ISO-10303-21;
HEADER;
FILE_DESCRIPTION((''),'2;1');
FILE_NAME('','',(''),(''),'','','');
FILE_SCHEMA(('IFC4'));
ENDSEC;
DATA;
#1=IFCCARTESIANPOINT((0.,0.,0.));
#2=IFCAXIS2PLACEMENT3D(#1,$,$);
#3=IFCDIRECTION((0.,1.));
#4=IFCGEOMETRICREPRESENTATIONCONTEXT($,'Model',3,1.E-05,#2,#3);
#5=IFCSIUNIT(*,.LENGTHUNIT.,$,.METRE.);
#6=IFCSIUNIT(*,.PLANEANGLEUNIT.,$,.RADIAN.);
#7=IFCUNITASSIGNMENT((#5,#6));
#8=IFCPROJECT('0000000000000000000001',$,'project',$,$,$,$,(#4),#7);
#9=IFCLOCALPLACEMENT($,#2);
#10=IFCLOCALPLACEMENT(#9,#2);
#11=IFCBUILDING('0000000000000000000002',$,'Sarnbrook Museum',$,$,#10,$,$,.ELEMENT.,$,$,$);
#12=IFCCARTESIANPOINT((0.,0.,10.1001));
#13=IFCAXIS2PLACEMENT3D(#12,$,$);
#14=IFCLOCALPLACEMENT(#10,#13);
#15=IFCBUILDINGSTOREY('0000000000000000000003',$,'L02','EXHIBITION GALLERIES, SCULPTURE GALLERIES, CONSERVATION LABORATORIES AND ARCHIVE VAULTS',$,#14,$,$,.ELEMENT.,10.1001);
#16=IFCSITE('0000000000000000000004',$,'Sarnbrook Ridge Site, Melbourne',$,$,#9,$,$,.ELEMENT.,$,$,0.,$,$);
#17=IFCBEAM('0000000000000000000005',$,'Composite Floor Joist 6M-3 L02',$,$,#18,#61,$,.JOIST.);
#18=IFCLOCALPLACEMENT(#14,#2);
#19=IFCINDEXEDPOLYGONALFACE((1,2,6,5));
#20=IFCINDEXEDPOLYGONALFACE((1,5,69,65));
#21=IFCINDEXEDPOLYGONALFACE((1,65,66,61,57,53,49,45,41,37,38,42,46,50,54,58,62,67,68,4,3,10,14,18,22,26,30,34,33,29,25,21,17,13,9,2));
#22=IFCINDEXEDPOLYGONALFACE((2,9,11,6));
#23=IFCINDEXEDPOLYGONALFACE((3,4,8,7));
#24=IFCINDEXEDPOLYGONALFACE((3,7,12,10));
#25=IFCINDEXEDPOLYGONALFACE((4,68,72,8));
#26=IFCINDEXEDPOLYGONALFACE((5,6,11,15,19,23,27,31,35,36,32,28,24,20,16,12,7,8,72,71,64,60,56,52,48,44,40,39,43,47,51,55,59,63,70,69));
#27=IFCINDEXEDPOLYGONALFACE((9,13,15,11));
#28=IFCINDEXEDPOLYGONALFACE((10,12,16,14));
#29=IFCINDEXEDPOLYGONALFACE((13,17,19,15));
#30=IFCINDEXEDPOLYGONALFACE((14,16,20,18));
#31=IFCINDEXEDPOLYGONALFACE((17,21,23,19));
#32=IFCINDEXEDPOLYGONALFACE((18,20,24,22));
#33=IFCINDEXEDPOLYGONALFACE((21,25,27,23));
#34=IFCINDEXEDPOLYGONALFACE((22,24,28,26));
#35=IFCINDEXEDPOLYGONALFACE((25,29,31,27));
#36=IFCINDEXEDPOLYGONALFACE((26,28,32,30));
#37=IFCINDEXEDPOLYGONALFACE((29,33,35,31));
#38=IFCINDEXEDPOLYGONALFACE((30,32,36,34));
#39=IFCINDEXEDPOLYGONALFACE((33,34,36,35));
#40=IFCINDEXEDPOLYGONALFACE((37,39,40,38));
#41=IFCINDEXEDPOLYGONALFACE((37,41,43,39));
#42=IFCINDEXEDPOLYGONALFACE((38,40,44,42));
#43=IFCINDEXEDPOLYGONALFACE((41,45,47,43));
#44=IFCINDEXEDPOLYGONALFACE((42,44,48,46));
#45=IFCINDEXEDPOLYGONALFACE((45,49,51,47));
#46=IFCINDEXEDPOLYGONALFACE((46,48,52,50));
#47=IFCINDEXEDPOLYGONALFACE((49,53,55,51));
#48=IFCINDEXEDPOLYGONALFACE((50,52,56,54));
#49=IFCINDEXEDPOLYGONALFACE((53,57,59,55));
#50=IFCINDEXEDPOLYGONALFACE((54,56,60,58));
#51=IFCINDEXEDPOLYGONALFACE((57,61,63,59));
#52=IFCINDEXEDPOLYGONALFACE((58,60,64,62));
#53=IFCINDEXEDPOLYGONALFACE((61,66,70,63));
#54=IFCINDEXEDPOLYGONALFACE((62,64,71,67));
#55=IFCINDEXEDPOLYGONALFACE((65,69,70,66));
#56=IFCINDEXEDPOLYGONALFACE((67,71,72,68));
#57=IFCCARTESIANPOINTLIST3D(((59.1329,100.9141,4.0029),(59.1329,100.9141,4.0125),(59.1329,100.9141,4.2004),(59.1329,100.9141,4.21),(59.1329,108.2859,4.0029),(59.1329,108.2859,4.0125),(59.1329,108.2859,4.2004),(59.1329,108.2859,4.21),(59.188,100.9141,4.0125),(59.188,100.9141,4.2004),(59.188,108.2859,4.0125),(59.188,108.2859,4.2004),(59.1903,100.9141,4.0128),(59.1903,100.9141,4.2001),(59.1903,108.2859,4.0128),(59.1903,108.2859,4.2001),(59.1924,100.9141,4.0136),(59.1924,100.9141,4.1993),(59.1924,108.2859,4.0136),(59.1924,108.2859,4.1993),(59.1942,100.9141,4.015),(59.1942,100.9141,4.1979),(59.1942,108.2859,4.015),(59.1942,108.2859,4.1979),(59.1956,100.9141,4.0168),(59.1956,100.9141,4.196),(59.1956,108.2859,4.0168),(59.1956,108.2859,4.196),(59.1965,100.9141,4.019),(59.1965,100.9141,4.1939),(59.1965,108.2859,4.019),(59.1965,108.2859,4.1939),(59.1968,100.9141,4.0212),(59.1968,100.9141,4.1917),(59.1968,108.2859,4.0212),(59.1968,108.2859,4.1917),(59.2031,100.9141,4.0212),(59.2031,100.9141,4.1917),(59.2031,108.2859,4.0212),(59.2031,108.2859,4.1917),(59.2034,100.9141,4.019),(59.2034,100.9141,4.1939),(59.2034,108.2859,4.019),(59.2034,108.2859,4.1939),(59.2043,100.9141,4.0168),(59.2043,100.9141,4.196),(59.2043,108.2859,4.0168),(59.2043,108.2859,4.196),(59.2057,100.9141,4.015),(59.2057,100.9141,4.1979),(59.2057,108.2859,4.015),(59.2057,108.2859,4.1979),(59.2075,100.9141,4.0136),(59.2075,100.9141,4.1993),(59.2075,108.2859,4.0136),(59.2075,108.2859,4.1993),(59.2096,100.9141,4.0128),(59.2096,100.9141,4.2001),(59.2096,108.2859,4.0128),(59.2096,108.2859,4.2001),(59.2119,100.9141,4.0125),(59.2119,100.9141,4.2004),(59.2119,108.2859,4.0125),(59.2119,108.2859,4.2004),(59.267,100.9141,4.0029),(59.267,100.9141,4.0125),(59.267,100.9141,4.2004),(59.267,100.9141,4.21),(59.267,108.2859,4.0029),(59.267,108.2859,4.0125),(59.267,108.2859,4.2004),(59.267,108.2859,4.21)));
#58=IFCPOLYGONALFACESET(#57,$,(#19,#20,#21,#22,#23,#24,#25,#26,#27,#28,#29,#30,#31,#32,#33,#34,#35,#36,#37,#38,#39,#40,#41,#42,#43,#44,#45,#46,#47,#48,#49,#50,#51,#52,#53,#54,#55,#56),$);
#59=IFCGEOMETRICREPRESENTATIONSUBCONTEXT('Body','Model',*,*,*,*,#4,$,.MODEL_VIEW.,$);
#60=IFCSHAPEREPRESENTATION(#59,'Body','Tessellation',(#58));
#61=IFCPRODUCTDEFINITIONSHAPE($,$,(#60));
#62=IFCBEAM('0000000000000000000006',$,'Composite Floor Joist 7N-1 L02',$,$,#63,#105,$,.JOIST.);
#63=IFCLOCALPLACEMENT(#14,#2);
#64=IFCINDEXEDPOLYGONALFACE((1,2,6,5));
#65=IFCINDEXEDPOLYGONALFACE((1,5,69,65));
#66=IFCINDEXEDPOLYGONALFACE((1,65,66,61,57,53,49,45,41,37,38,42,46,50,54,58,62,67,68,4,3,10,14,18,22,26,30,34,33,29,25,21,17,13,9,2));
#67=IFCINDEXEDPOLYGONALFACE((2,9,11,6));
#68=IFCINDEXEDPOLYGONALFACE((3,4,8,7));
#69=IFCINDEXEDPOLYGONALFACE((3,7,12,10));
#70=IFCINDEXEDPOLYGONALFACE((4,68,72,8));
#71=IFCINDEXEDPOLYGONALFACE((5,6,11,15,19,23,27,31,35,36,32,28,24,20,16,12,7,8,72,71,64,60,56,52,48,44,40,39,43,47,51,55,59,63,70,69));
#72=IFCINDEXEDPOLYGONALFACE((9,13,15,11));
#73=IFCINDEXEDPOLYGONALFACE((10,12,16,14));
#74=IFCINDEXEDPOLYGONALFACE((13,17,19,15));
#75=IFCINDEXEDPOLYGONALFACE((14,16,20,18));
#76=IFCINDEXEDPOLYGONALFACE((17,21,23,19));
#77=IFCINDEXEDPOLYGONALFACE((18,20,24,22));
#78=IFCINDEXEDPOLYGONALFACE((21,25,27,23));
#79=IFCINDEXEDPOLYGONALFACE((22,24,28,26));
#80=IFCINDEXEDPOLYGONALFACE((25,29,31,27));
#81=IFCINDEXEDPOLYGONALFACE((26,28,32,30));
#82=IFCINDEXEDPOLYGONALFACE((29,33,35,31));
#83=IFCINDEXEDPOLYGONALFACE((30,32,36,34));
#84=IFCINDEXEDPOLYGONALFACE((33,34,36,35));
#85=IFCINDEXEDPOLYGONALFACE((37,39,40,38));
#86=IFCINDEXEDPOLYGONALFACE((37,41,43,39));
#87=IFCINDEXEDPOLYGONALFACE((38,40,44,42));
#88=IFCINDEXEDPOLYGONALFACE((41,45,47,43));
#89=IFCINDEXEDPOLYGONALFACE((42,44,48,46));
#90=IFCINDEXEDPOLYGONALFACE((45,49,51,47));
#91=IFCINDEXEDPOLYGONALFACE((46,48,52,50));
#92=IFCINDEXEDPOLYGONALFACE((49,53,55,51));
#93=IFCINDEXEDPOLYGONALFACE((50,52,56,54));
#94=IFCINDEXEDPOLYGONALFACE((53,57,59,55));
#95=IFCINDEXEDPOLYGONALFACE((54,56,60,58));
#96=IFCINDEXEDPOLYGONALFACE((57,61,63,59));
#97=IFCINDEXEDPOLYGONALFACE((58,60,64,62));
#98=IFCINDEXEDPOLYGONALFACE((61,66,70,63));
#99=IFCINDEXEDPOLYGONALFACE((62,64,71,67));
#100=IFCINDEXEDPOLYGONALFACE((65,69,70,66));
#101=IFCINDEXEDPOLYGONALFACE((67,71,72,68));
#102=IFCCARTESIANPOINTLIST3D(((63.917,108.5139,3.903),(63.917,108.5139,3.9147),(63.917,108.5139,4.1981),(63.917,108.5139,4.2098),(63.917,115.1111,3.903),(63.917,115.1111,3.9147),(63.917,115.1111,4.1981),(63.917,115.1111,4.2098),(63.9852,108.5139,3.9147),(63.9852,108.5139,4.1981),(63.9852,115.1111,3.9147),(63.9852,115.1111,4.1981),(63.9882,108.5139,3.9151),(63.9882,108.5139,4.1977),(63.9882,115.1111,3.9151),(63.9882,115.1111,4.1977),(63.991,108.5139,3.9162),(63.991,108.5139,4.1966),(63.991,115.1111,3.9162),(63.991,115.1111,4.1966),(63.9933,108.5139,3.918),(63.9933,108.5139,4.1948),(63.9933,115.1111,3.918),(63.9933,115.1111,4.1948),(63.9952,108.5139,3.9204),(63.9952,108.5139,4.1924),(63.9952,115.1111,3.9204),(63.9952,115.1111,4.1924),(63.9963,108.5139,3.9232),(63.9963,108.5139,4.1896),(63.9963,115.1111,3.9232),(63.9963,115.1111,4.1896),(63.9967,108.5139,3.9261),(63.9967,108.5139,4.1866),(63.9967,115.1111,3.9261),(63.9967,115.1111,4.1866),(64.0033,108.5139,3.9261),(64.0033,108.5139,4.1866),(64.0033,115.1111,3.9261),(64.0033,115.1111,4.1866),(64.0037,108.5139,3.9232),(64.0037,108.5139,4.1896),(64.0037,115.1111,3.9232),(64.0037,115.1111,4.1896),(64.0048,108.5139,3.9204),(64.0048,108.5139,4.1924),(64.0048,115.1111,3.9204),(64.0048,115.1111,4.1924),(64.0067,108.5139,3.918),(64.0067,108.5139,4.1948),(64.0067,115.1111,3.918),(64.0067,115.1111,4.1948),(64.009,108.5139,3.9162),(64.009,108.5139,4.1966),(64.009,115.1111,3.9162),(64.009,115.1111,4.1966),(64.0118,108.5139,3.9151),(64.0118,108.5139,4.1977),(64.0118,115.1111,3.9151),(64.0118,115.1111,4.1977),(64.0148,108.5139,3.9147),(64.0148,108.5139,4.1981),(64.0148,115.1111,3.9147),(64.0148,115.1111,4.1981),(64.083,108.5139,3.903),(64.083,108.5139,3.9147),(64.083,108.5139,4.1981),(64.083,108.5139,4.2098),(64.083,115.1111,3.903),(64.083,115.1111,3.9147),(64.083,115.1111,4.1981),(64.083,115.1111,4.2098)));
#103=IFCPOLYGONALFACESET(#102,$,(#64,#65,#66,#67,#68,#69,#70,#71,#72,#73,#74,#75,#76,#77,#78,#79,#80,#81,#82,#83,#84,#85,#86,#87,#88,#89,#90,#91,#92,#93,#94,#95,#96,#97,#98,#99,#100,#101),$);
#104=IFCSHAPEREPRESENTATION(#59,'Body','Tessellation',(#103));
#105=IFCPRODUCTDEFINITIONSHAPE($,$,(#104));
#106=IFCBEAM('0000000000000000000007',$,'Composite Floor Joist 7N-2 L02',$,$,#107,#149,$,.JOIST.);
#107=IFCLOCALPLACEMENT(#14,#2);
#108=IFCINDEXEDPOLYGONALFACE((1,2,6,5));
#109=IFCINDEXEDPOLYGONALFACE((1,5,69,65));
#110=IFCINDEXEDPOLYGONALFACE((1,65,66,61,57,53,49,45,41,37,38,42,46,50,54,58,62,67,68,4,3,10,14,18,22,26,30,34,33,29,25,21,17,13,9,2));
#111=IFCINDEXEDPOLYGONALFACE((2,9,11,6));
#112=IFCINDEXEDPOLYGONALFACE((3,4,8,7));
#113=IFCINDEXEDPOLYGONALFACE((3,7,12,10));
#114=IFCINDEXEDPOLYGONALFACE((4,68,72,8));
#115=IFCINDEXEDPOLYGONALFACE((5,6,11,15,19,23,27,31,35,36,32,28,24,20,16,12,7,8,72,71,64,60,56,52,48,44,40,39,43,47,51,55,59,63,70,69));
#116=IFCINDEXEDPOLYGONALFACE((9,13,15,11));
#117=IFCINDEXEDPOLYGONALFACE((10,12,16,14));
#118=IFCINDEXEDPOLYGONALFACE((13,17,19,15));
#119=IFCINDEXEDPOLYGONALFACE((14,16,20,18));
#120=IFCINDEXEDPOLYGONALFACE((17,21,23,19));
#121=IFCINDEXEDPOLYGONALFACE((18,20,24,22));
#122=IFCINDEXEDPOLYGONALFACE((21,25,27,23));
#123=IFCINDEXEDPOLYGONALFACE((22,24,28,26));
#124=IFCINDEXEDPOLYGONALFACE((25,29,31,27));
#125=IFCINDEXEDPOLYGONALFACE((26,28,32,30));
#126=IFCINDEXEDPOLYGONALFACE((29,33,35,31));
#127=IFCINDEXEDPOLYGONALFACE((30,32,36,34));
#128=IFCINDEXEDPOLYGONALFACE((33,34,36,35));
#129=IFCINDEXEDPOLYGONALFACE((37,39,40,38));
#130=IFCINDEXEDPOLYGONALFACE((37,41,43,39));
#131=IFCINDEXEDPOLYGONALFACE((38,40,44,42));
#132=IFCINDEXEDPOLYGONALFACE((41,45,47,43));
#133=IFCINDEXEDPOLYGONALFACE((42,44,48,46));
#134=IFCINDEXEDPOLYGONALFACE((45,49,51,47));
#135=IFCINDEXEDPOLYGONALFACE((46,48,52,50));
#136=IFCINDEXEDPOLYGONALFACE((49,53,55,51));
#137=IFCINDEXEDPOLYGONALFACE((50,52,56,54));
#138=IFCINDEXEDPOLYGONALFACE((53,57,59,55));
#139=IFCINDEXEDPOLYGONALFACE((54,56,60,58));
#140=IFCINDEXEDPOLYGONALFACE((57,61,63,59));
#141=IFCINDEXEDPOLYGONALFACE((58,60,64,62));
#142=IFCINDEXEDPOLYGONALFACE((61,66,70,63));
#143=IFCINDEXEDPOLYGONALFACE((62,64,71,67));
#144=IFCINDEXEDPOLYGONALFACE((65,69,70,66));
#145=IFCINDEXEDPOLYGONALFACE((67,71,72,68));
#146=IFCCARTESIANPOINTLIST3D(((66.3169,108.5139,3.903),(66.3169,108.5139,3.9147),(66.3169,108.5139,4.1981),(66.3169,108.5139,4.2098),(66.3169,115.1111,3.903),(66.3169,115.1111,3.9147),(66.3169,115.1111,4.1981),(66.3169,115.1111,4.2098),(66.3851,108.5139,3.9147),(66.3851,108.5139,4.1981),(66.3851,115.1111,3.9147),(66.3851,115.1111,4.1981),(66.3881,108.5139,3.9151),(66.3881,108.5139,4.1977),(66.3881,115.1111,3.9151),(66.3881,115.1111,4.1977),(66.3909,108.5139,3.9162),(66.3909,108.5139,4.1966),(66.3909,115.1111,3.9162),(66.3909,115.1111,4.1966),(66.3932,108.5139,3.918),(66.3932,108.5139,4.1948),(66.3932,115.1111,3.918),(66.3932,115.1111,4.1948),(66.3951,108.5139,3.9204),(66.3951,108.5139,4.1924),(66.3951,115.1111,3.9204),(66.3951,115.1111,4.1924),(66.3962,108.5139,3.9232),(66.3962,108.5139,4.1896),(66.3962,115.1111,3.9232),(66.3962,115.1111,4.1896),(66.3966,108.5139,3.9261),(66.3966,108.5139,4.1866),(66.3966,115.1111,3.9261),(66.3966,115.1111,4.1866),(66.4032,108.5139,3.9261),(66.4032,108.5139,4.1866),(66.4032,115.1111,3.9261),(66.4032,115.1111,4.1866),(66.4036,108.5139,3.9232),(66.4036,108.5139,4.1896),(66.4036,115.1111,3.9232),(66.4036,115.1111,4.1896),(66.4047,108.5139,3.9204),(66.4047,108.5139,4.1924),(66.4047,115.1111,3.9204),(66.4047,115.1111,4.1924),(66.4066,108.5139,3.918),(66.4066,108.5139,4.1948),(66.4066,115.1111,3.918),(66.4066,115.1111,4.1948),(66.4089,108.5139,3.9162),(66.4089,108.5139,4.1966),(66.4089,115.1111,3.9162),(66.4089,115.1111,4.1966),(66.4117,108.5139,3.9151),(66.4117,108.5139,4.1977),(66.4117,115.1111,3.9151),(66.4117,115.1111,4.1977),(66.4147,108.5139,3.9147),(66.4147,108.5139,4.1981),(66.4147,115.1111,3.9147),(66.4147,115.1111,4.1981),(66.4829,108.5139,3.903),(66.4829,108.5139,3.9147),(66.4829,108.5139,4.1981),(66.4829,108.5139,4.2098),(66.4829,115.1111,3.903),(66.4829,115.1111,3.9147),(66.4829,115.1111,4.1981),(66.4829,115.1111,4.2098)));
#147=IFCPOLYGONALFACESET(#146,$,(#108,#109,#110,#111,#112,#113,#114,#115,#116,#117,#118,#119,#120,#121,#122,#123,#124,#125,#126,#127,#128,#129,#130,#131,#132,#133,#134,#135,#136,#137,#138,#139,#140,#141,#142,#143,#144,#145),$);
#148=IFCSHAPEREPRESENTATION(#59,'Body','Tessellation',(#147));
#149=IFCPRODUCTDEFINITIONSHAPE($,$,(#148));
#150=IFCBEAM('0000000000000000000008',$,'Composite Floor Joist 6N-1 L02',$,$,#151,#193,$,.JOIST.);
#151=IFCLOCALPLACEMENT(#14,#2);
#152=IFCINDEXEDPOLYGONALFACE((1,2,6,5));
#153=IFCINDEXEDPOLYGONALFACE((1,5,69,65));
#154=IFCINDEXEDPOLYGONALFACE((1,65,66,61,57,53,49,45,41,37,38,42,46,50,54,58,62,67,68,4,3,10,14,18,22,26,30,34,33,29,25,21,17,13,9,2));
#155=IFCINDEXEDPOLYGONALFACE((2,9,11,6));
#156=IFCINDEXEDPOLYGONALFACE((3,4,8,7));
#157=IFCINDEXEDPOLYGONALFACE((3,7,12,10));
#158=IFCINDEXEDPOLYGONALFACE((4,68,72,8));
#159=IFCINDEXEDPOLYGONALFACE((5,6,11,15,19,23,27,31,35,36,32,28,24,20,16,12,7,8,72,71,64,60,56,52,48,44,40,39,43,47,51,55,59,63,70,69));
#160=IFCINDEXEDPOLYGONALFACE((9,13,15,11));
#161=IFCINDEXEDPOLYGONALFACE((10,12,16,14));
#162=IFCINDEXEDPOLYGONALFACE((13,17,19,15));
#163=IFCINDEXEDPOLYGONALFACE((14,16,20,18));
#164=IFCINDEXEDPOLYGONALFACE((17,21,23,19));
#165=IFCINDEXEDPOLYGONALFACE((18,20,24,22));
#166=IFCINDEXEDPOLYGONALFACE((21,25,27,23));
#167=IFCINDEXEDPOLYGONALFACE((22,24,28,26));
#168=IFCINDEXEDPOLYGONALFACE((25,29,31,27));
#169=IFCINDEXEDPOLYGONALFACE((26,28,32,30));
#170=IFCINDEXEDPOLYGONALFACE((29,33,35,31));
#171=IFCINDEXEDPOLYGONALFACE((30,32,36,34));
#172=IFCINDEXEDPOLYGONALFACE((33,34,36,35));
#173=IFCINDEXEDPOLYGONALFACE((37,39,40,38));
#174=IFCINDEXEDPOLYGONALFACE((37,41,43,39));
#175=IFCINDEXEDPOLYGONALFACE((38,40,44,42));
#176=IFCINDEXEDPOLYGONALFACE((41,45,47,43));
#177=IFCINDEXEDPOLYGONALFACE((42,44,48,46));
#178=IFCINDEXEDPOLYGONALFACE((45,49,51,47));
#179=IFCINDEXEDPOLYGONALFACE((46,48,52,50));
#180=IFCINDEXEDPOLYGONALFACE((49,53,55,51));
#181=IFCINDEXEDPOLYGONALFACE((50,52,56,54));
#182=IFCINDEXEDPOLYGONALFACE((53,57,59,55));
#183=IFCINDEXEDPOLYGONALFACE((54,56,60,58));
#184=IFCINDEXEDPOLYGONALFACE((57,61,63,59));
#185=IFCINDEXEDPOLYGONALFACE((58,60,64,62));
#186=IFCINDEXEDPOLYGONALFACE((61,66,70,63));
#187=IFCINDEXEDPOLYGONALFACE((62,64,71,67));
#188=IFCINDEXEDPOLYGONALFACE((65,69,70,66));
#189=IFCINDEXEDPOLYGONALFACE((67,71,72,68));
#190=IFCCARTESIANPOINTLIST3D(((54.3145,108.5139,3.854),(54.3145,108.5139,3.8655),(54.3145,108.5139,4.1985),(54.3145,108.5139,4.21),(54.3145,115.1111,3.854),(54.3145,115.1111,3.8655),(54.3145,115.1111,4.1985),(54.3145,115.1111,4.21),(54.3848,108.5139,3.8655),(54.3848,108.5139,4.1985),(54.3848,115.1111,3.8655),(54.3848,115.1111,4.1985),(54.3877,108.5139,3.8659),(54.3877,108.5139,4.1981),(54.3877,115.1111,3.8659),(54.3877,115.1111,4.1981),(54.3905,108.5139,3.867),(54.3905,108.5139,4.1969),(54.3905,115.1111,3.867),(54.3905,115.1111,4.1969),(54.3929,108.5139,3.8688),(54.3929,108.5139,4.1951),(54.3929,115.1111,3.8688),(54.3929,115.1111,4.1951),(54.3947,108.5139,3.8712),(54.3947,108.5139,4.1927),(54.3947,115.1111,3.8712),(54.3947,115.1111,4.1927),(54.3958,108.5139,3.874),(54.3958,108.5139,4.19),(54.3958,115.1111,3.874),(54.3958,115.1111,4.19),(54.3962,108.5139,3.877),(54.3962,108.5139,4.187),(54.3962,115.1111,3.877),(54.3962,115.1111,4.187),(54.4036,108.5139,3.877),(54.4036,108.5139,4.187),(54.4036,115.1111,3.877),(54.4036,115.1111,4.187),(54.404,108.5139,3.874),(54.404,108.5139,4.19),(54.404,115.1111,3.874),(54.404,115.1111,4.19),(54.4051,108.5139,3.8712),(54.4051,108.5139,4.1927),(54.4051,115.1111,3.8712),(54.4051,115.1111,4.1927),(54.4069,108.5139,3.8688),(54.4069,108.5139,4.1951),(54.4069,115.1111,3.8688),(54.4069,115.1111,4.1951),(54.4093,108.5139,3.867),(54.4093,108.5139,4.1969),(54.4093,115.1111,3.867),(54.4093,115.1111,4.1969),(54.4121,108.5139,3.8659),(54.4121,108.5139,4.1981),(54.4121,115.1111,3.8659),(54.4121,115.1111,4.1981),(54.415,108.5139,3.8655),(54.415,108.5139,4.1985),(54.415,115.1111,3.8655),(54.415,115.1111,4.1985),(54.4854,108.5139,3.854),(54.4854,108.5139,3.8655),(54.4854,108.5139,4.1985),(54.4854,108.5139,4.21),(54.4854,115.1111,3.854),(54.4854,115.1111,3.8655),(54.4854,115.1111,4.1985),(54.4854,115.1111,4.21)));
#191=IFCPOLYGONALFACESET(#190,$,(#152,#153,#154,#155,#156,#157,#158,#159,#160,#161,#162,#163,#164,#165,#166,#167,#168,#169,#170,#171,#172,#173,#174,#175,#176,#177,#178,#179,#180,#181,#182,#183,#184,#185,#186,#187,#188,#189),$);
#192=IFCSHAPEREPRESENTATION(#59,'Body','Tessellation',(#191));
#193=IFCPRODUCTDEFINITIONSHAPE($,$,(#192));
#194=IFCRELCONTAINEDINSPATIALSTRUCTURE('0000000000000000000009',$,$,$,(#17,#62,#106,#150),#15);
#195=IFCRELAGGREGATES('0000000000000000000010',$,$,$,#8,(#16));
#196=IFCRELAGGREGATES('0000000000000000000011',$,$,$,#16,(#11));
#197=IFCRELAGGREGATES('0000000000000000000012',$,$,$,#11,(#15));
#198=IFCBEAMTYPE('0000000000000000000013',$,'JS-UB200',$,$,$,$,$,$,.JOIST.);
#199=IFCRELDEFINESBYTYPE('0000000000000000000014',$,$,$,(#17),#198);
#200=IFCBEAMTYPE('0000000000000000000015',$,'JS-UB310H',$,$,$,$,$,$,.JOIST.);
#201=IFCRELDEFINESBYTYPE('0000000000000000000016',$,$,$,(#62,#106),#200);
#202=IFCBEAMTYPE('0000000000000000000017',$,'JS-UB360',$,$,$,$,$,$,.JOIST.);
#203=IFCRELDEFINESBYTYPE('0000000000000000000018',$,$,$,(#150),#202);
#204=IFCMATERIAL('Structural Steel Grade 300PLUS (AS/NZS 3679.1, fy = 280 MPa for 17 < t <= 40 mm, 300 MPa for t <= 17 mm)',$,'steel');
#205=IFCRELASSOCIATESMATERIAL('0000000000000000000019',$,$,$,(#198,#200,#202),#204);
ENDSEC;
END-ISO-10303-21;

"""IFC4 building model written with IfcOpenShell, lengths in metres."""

from ifc_helpers import new_model, si_unit, direction, frame, origin, origin_2d, place, context, subcontext, project, spatial, i_section, extrude, material, material_profile, profile_set, type_object, element, save


model = new_model("IFC4")

# Units and contexts
model_context = context("Model", 3, precision=1e-05, world=origin(), true_north=direction((0.0, 1.0)))
body_context = subcontext(model_context, "Body", "Model", "MODEL_VIEW")
ifc_project = project(units=[si_unit("LENGTHUNIT", "METRE"), si_unit("PLANEANGLEUNIT", "RADIAN")], contexts=[model_context])

# Site, building, storey
site_placement = place(None, origin())
site = spatial("IfcSite", under=ifc_project, at=site_placement, Name="Sarnbrook Ridge Site, Melbourne", CompositionType="ELEMENT", RefElevation=0.0)
building_placement = place(site_placement, origin())
building = spatial("IfcBuilding", under=site, at=building_placement, Name="Sarnbrook Museum", CompositionType="ELEMENT")
storey_placement = place(building_placement, frame((0.0, 0.0, 10.1001)))
storey = spatial("IfcBuildingStorey", under=building, at=storey_placement, Name="L02", Description="EXHIBITION GALLERIES, SCULPTURE GALLERIES, CONSERVATION LABORATORIES AND ARCHIVE VAULTS", CompositionType="ELEMENT", Elevation=10.1001)

# Shared definitions
ifc_material_1 = material(Name="Structural Steel Grade 300PLUS (AS/NZS 3679.1, fy = 280 MPa for 17 < t <= 40 mm, 300 MPa for t <= 17 mm)", Category="steel")

# Beams
ifc_material_profile_1 = material_profile(ifc_material_1, i_section(OverallWidth=0.134, OverallDepth=0.207, WebThickness=0.0063, FlangeThickness=0.0095, FilletRadius=0.0088, at=origin_2d()), Name="200UB29.8")
ifc_profile_set_1 = profile_set([ifc_material_profile_1], Name="Structural Steel Grade 300PLUS (AS/NZS 3679.1, fy = 280 MPa for 17 < t <= 40 mm, 300 MPa for t <= 17 mm)")
beam_type_1 = type_object("IfcBeamType", Name="JS-UB200", PredefinedType="JOIST", material=ifc_profile_set_1)
for number, where, z_axis, x_axis, name in (
    (1, (59.2, 100.9141, 4.1064), (0.0, 1.0, 0.0), (-1.0, 0.0, 0.0), "Composite Floor Joist 6M-3 L02"),
):
    element("IfcBeam", number, at=place(storey_placement, frame(where, z_axis=z_axis, x_axis=x_axis)), inside=storey, type_object=beam_type_1, Name=name, PredefinedType="JOIST", context=body_context, shape_type="SweptSolid", body=[
        extrude(i_section(OverallWidth=0.134, OverallDepth=0.207, WebThickness=0.0063, FlangeThickness=0.0095, FilletRadius=0.0088, at=origin_2d()), origin(), (0.0, 0.0, 1.0), 7.3718),
    ])
ifc_material_profile_2 = material_profile(ifc_material_1, i_section(OverallWidth=0.166, OverallDepth=0.3069, WebThickness=0.0066, FlangeThickness=0.0117, FilletRadius=0.0115, at=origin_2d()), Name="310UB46.2")
ifc_profile_set_2 = profile_set([ifc_material_profile_2], Name="Structural Steel Grade 300PLUS (AS/NZS 3679.1, fy = 280 MPa for 17 < t <= 40 mm, 300 MPa for t <= 17 mm)")
beam_type_2 = type_object("IfcBeamType", Name="JS-UB310H", PredefinedType="JOIST", material=ifc_profile_set_2)
for number, where, z_axis, x_axis, name in (
    (2, (64.0, 108.5139, 4.0564), (0.0, 1.0, 0.0), (-1.0, 0.0, 0.0), "Composite Floor Joist 7N-1 L02"),
    (3, (66.3999, 108.5139, 4.0564), (0.0, 1.0, 0.0), (-1.0, 0.0, 0.0), "Composite Floor Joist 7N-2 L02"),
):
    element("IfcBeam", number, at=place(storey_placement, frame(where, z_axis=z_axis, x_axis=x_axis)), inside=storey, type_object=beam_type_2, Name=name, PredefinedType="JOIST", context=body_context, shape_type="SweptSolid", body=[
        extrude(i_section(OverallWidth=0.166, OverallDepth=0.3069, WebThickness=0.0066, FlangeThickness=0.0117, FilletRadius=0.0115, at=origin_2d()), origin(), (0.0, 0.0, 1.0), 6.5972),
    ])
ifc_material_profile_3 = material_profile(ifc_material_1, i_section(OverallWidth=0.1709, OverallDepth=0.356, WebThickness=0.0073, FlangeThickness=0.0115, FilletRadius=0.0115, at=origin_2d()), Name="360UB50.7")
ifc_profile_set_3 = profile_set([ifc_material_profile_3], Name="Structural Steel Grade 300PLUS (AS/NZS 3679.1, fy = 280 MPa for 17 < t <= 40 mm, 300 MPa for t <= 17 mm)")
beam_type_3 = type_object("IfcBeamType", Name="JS-UB360", PredefinedType="JOIST", material=ifc_profile_set_3)
for number, where, z_axis, x_axis, name in (
    (4, (54.3999, 108.5139, 4.032), (0.0, 1.0, 0.0), (-1.0, 0.0, 0.0), "Composite Floor Joist 6N-1 L02"),
):
    element("IfcBeam", number, at=place(storey_placement, frame(where, z_axis=z_axis, x_axis=x_axis)), inside=storey, type_object=beam_type_3, Name=name, PredefinedType="JOIST", context=body_context, shape_type="SweptSolid", body=[
        extrude(i_section(OverallWidth=0.1709, OverallDepth=0.356, WebThickness=0.0073, FlangeThickness=0.0115, FilletRadius=0.0115, at=origin_2d()), origin(), (0.0, 0.0, 1.0), 6.5972),
    ])

save(model, "model.ifc")
